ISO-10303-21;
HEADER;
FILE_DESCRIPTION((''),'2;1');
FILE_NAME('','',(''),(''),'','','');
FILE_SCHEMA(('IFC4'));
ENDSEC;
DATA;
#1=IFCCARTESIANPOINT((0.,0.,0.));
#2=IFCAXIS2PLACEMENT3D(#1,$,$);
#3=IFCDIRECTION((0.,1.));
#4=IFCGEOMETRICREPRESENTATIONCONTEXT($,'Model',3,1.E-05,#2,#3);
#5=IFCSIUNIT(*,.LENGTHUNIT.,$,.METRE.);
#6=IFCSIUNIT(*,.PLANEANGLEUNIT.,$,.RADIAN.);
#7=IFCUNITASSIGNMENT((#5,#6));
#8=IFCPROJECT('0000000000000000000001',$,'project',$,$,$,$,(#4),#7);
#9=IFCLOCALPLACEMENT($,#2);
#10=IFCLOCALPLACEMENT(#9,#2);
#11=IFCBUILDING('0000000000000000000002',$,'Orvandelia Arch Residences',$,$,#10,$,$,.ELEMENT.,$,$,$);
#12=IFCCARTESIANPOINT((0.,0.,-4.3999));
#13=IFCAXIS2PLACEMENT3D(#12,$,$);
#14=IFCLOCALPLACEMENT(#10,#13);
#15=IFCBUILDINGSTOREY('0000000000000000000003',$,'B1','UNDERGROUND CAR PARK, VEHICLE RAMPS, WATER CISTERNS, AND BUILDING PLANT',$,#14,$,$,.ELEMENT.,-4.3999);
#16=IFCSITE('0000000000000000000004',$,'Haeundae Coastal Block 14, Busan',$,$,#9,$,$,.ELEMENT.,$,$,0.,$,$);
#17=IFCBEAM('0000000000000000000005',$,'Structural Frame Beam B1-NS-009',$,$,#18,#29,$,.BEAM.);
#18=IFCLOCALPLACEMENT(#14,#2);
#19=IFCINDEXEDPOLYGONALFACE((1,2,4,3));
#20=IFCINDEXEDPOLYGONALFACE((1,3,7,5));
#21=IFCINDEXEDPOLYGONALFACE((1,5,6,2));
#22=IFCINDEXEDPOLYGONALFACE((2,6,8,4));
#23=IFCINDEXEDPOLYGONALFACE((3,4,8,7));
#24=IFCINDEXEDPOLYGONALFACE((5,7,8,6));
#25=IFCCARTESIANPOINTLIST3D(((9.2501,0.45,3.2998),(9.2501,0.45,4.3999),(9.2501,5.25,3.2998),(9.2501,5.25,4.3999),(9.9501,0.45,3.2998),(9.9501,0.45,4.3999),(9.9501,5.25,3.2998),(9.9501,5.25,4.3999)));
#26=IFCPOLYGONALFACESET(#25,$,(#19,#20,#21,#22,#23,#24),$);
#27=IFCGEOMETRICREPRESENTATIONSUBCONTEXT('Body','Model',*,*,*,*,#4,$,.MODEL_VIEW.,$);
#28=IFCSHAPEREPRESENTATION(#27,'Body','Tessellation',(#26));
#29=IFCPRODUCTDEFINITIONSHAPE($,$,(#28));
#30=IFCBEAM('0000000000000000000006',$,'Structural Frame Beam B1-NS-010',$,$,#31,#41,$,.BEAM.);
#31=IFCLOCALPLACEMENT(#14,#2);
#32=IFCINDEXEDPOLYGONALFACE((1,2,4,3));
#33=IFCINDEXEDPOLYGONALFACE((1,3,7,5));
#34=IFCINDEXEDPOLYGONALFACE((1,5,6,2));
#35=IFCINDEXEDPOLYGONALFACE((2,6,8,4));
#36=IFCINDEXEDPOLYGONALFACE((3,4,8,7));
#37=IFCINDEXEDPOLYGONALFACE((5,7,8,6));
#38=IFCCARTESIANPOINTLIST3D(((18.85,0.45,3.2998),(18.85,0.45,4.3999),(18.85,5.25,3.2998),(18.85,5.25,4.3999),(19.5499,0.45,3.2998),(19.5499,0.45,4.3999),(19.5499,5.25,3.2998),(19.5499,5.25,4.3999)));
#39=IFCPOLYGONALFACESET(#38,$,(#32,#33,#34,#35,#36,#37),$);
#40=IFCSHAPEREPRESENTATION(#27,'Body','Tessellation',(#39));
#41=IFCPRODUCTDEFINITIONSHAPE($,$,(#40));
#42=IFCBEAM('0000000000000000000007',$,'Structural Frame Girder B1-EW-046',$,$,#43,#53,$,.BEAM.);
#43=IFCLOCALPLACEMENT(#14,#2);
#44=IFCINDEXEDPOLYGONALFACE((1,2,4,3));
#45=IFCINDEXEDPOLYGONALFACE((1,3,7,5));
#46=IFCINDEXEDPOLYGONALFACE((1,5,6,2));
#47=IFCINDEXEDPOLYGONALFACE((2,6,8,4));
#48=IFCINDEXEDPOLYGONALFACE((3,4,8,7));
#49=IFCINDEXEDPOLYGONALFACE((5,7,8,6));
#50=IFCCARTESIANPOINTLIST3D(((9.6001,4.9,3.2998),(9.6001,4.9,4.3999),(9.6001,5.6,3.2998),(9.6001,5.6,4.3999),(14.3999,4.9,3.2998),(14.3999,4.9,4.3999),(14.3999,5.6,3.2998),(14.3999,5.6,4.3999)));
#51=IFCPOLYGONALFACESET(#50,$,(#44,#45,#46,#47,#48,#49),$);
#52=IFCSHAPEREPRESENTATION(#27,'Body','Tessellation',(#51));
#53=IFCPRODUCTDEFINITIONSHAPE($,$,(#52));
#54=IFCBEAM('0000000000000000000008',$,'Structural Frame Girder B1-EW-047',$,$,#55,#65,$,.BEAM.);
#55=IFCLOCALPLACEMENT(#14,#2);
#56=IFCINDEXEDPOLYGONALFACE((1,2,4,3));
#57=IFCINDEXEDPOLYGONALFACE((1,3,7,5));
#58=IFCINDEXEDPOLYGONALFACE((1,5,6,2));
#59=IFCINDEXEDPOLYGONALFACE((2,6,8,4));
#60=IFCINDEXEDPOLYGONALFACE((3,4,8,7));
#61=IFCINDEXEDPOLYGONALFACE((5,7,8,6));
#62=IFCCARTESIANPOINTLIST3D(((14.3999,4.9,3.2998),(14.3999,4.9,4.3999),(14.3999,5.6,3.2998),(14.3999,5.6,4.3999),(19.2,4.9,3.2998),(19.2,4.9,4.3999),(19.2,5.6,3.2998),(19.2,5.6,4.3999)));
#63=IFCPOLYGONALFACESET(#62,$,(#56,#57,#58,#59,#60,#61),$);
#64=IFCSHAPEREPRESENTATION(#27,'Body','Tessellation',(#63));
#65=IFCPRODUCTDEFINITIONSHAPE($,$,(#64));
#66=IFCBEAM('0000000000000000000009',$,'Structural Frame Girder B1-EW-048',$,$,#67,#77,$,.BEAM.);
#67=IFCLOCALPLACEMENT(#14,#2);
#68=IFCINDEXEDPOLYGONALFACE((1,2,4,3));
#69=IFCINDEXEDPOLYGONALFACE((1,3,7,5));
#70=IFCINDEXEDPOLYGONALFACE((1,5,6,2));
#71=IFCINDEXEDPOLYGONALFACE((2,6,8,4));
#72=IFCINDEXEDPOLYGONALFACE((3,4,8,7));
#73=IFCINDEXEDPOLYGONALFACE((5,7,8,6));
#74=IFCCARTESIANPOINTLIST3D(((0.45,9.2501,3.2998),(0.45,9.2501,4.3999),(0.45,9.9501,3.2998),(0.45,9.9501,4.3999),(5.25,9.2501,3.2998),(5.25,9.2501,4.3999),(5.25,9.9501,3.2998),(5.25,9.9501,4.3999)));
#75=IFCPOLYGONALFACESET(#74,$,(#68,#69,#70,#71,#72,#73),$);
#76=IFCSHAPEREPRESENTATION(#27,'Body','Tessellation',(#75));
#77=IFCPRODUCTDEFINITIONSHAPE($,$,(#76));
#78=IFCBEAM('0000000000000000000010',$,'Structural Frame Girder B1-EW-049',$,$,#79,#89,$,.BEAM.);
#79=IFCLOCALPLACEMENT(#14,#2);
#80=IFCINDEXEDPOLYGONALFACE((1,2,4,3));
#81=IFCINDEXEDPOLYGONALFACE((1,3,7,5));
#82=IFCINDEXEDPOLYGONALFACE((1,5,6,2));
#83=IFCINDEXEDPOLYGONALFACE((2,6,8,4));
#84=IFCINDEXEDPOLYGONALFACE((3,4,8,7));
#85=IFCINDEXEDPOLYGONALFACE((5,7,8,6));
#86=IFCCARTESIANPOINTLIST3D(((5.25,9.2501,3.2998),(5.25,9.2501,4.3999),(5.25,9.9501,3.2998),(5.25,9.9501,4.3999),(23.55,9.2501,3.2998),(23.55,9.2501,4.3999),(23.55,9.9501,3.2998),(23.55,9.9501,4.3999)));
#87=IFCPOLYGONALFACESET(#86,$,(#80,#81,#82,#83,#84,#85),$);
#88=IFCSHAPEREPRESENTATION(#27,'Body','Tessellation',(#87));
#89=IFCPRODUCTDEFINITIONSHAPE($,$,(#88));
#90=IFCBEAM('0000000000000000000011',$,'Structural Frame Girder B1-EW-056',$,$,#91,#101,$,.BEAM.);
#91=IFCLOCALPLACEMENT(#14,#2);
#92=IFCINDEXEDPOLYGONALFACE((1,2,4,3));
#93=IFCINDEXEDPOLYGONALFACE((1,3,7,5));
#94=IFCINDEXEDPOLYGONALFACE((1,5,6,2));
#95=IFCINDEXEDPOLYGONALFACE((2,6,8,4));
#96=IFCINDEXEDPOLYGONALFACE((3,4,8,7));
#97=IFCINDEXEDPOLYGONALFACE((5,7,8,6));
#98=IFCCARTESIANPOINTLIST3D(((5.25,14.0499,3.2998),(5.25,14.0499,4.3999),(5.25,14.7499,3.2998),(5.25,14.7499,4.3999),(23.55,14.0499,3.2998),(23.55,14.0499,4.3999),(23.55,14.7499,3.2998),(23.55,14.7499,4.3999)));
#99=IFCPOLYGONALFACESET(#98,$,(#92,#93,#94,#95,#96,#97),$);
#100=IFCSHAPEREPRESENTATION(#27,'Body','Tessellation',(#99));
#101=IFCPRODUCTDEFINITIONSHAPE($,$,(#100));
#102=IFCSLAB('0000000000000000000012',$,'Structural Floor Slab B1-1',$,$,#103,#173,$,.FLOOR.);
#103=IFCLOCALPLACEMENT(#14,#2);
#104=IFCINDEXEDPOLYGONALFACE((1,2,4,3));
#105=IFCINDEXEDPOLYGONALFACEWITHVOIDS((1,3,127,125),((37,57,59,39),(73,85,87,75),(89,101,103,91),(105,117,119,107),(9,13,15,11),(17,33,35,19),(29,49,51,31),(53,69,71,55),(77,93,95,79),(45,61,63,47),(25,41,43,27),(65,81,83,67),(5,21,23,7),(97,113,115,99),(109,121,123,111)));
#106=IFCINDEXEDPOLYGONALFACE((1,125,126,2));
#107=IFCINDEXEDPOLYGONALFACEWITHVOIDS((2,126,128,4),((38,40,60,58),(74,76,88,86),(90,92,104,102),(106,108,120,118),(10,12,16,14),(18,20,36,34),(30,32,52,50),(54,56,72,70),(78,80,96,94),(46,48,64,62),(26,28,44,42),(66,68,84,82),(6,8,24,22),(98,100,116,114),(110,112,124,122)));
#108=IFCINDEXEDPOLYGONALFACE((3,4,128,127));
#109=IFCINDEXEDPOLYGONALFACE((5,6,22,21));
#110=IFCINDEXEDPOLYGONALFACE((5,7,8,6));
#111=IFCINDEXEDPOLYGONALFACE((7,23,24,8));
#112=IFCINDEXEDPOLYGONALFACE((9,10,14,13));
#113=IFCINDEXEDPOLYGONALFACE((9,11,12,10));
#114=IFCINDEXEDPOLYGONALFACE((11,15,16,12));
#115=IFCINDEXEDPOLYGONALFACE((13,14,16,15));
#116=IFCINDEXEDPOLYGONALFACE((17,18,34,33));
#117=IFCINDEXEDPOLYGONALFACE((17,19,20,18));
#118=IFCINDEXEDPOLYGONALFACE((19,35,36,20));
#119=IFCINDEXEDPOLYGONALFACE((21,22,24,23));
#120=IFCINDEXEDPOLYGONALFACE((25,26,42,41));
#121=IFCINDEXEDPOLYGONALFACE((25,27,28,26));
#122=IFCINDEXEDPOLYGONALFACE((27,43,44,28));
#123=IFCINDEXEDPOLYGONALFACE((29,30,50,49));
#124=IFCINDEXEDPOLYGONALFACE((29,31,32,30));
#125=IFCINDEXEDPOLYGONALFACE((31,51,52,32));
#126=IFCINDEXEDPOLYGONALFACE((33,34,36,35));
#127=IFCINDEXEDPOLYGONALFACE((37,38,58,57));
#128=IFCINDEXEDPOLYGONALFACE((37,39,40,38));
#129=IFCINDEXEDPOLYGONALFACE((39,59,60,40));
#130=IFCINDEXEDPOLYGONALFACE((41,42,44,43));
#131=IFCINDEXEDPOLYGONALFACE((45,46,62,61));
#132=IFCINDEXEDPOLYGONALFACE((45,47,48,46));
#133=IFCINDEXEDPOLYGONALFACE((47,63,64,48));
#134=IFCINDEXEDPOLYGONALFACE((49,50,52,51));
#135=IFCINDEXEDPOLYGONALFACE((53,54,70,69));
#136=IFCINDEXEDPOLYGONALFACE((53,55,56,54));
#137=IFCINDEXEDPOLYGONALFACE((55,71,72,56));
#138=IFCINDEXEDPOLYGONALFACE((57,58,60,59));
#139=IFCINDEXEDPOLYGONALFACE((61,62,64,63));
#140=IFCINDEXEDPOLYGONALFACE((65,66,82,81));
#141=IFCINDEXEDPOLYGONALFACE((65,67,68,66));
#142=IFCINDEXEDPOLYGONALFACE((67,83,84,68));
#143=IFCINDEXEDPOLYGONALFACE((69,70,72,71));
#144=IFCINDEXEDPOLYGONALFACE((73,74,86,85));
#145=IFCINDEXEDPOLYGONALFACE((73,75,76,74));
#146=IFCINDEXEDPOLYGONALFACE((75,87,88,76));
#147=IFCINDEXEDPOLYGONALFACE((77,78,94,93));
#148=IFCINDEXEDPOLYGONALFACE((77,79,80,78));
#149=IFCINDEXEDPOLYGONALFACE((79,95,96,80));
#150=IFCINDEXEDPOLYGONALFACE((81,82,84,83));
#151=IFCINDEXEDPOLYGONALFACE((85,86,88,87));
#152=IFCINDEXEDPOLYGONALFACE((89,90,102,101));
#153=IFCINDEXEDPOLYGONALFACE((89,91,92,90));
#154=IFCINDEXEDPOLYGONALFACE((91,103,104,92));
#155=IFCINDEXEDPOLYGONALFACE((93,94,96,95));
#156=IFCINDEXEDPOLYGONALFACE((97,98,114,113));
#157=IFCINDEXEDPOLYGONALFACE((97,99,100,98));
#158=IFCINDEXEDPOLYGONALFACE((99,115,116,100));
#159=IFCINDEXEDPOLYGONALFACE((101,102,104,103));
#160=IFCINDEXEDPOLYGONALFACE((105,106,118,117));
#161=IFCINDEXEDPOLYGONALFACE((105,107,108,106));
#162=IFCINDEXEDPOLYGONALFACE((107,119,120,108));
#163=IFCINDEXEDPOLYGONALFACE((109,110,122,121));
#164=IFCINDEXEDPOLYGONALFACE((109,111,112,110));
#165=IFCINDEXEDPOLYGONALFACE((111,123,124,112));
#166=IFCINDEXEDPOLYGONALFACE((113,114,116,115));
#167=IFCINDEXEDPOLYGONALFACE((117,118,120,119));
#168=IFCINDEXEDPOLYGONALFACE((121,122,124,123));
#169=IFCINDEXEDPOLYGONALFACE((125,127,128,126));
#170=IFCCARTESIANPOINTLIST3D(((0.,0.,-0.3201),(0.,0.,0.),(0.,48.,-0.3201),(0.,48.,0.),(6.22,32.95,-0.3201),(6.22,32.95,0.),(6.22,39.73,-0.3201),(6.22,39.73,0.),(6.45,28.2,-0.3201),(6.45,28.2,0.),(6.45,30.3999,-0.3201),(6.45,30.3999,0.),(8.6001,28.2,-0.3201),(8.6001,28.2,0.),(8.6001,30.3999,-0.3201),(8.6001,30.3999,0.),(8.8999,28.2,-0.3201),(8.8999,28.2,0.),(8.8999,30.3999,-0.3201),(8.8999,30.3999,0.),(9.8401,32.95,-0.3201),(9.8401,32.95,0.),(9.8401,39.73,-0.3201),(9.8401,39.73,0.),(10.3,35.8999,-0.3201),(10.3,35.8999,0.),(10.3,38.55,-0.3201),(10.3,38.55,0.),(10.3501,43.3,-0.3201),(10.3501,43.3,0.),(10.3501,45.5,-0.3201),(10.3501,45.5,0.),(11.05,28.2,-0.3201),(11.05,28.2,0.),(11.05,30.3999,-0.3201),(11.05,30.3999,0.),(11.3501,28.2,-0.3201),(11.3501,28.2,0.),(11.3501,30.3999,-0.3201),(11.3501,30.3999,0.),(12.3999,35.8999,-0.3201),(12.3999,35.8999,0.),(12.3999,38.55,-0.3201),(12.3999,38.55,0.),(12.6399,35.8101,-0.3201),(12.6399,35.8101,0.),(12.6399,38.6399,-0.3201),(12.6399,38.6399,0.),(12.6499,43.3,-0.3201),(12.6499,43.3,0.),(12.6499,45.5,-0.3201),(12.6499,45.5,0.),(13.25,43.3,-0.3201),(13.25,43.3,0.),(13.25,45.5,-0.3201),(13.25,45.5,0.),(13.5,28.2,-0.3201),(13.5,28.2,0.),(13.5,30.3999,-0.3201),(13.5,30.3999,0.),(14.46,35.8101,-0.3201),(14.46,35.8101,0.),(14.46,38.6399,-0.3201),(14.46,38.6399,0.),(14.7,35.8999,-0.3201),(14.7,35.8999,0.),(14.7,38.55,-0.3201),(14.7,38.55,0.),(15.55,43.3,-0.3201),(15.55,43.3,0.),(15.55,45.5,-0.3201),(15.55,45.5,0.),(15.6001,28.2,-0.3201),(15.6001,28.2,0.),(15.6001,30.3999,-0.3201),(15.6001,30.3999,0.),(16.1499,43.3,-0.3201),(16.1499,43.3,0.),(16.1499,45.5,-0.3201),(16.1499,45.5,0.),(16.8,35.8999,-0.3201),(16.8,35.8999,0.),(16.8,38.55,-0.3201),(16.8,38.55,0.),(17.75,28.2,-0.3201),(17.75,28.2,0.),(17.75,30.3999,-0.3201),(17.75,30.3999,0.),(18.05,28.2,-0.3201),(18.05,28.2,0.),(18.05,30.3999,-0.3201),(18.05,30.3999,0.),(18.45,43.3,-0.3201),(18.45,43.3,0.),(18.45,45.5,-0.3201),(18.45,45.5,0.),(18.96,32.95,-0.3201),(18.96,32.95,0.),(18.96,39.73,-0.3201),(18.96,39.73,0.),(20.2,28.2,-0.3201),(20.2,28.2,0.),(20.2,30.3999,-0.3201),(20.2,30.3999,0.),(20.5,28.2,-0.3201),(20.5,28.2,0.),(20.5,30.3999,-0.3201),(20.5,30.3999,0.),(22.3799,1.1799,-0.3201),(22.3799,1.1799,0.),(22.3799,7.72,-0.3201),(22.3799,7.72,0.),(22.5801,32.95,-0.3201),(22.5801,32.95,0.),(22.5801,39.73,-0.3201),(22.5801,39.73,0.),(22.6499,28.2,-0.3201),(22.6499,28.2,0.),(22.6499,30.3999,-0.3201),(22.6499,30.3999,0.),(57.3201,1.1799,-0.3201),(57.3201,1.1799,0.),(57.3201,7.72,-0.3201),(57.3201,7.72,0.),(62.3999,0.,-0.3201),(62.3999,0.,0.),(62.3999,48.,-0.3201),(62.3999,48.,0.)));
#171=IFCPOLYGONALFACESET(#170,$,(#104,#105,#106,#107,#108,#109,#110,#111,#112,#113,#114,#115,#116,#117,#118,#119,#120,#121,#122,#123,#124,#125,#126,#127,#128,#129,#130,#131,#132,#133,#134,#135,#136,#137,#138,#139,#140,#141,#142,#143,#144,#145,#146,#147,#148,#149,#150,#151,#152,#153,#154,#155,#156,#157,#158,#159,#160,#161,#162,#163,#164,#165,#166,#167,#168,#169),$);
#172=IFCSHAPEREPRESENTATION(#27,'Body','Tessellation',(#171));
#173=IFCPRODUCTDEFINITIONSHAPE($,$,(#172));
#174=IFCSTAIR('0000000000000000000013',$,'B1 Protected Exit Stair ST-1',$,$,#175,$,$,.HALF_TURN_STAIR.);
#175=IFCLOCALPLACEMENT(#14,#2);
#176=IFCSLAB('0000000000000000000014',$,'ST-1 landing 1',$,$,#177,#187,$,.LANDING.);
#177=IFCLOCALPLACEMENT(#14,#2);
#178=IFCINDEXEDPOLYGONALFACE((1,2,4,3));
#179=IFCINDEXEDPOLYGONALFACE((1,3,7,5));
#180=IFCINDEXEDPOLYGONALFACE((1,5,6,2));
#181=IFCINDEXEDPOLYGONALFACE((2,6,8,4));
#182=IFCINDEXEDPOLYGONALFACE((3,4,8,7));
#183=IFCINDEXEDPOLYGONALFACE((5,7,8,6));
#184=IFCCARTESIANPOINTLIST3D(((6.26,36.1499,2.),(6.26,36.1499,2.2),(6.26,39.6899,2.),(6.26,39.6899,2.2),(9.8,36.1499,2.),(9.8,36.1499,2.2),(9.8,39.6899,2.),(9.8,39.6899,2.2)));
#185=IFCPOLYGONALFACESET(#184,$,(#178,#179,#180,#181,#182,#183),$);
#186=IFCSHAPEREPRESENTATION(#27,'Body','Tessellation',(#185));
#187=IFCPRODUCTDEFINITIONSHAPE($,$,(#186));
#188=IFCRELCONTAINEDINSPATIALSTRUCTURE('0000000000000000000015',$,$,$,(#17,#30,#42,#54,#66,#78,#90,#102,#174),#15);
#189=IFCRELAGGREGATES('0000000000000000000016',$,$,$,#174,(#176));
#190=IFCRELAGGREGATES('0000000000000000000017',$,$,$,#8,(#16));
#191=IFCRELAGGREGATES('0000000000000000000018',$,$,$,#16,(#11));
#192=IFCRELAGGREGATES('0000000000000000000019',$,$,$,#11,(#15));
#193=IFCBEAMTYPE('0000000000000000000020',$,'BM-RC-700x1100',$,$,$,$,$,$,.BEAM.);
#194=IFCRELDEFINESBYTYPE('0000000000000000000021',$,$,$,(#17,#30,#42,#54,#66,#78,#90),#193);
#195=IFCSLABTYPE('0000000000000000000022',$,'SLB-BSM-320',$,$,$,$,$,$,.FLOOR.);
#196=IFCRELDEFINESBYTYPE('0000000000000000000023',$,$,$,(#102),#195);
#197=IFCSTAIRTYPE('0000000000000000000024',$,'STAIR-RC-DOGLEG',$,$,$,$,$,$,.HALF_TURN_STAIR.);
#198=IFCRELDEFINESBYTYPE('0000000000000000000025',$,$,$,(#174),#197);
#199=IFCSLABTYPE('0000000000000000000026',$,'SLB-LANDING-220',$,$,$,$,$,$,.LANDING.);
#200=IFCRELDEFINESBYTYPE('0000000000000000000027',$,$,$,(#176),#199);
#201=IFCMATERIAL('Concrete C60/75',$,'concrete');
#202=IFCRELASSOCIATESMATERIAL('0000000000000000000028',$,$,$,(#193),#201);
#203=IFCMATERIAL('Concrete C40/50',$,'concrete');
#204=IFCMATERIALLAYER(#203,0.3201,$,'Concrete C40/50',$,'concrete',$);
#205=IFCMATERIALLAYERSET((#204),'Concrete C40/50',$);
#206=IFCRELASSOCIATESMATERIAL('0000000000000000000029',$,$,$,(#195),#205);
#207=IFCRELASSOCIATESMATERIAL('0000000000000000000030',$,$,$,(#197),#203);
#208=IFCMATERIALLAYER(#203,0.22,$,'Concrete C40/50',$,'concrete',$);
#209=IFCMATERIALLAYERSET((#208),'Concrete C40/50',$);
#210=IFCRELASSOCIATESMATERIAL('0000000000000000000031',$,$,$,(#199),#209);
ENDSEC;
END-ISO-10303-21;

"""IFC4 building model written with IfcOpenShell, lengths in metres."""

from ifc_helpers import new_model, si_unit, direction, frame, origin, origin_2d, place, context, subcontext, project, spatial, polyline, rectangle, outline, extrude, material, layer, layer_set, material_profile, profile_set, type_object, element, aggregate, save


model = new_model("IFC4")

# Units and contexts
model_context = context("Model", 3, precision=1e-05, world=origin(), true_north=direction((0.0, 1.0)))
body_context = subcontext(model_context, "Body", "Model", "MODEL_VIEW")
ifc_project = project(units=[si_unit("LENGTHUNIT", "METRE"), si_unit("PLANEANGLEUNIT", "RADIAN")], contexts=[model_context])

# Site, building, storey
site_placement = place(None, origin())
site = spatial("IfcSite", under=ifc_project, at=site_placement, Name="Haeundae Coastal Block 14, Busan", CompositionType="ELEMENT", RefElevation=0.0)
building_placement = place(site_placement, origin())
building = spatial("IfcBuilding", under=site, at=building_placement, Name="Orvandelia Arch Residences", CompositionType="ELEMENT")
storey_placement = place(building_placement, frame((0.0, 0.0, -4.3999)))
storey = spatial("IfcBuildingStorey", under=building, at=storey_placement, Name="B1", Description="UNDERGROUND CAR PARK, VEHICLE RAMPS, WATER CISTERNS, AND BUILDING PLANT", CompositionType="ELEMENT", Elevation=-4.3999)

# Shared definitions
ifc_material_1 = material(Name="Concrete C60/75", Category="concrete")

# Beams
ifc_material_profile_1 = material_profile(ifc_material_1, rectangle(XDim=0.7, YDim=1.1001, at=origin_2d()), Name="Concrete C60/75", Category="concrete")
ifc_profile_set_1 = profile_set([ifc_material_profile_1], Name="Concrete C60/75")
beam_type = type_object("IfcBeamType", Name="BM-RC-700x1100", PredefinedType="BEAM", material=ifc_profile_set_1)
for number, where, z_axis, x_axis, name in (
    (1, (9.6001, 0.45, 3.8499), (0.0, 1.0, 0.0), (-1.0, 0.0, 0.0), "Structural Frame Beam B1-NS-009"),
    (2, (19.2, 0.45, 3.8499), (0.0, 1.0, 0.0), (-1.0, 0.0, 0.0), "Structural Frame Beam B1-NS-010"),
):
    element("IfcBeam", number, at=place(storey_placement, frame(where, z_axis=z_axis, x_axis=x_axis)), inside=storey, type_object=beam_type, Name=name, PredefinedType="BEAM", context=body_context, shape_type="SweptSolid", body=[
        extrude(rectangle(XDim=0.7, YDim=1.1001, at=origin_2d()), origin(), (0.0, 0.0, 1.0), 4.8),
    ])
beam_1_placement = place(storey_placement, frame((9.6001, 5.25, 3.8499), z_axis=(1.0, 0.0, 0.0), x_axis=(0.0, 1.0, 0.0)))
element("IfcBeam", 3, at=beam_1_placement, inside=storey, type_object=beam_type, Name="Structural Frame Girder B1-EW-046", PredefinedType="BEAM", context=body_context, shape_type="SweptSolid", body=[
    extrude(rectangle(XDim=0.7, YDim=1.1001, at=origin_2d()), origin(), (0.0, 0.0, 1.0), 4.7998),
])
for number, where, z_axis, x_axis, name in (
    (4, (14.3999, 5.25, 3.8499), (1.0, 0.0, 0.0), (0.0, 1.0, 0.0), "Structural Frame Girder B1-EW-047"),
    (5, (0.45, 9.6001, 3.8499), (1.0, 0.0, 0.0), (0.0, 1.0, 0.0), "Structural Frame Girder B1-EW-048"),
):
    element("IfcBeam", number, at=place(storey_placement, frame(where, z_axis=z_axis, x_axis=x_axis)), inside=storey, type_object=beam_type, Name=name, PredefinedType="BEAM", context=body_context, shape_type="SweptSolid", body=[
        extrude(rectangle(XDim=0.7, YDim=1.1001, at=origin_2d()), origin(), (0.0, 0.0, 1.0), 4.8),
    ])
for number, where, z_axis, x_axis, name in (
    (6, (5.25, 9.6001, 3.8499), (1.0, 0.0, 0.0), (0.0, 1.0, 0.0), "Structural Frame Girder B1-EW-049"),
    (7, (5.25, 14.3999, 3.8499), (1.0, 0.0, 0.0), (0.0, 1.0, 0.0), "Structural Frame Girder B1-EW-056"),
):
    element("IfcBeam", number, at=place(storey_placement, frame(where, z_axis=z_axis, x_axis=x_axis)), inside=storey, type_object=beam_type, Name=name, PredefinedType="BEAM", context=body_context, shape_type="SweptSolid", body=[
        extrude(rectangle(XDim=0.7, YDim=1.1001, at=origin_2d()), origin(), (0.0, 0.0, 1.0), 18.3),
    ])

# Slab
ifc_material_2 = material(Name="Concrete C40/50", Category="concrete")
ifc_layer_1 = layer(ifc_material_2, 0.3201, Name="Concrete C40/50", Category="concrete")
ifc_layer_set_1 = layer_set([ifc_layer_1], Name="Concrete C40/50")
slab_type_1 = type_object("IfcSlabType", Name="SLB-BSM-320", PredefinedType="FLOOR", material=ifc_layer_set_1)
slab_1_placement = place(storey_placement, frame((0.0, 0.0, -0.3201)))
element("IfcSlab", 8, at=slab_1_placement, inside=storey, type_object=slab_type_1, Name="Structural Floor Slab B1-1", PredefinedType="FLOOR", context=body_context, shape_type="SweptSolid", body=[
    extrude(outline(polyline([(0.0, 0.0), (62.3999, 0.0), (62.3999, 48.0), (0.0, 48.0), (0.0, 0.0)]), holes=[polyline([(6.22, 32.95), (9.8401, 32.95), (9.8401, 39.73), (6.22, 39.73), (6.22, 32.95)]), polyline([(18.96, 32.95), (22.5801, 32.95), (22.5801, 39.73), (18.96, 39.73), (18.96, 32.95)]), polyline([(12.6399, 35.8101), (14.46, 35.8101), (14.46, 38.6399), (12.6399, 38.6399), (12.6399, 35.8101)]), polyline([(10.3, 35.8999), (12.3999, 35.8999), (12.3999, 38.55), (10.3, 38.55), (10.3, 35.8999)]), polyline([(14.7, 35.8999), (16.8, 35.8999), (16.8, 38.55), (14.7, 38.55), (14.7, 35.8999)]), polyline([(10.3501, 43.3), (12.6499, 43.3), (12.6499, 45.5), (10.3501, 45.5), (10.3501, 43.3)]), polyline([(13.25, 43.3), (15.55, 43.3), (15.55, 45.5), (13.25, 45.5), (13.25, 43.3)]), polyline([(16.1499, 43.3), (18.45, 43.3), (18.45, 45.5), (16.1499, 45.5), (16.1499, 43.3)]), polyline([(6.45, 28.2), (8.6001, 28.2), (8.6001, 30.3999), (6.45, 30.3999), (6.45, 28.2)]), polyline([(8.8999, 28.2), (11.05, 28.2), (11.05, 30.3999), (8.8999, 30.3999), (8.8999, 28.2)]), polyline([(11.3501, 28.2), (13.5, 28.2), (13.5, 30.3999), (11.3501, 30.3999), (11.3501, 28.2)]), polyline([(15.6001, 28.2), (17.75, 28.2), (17.75, 30.3999), (15.6001, 30.3999), (15.6001, 28.2)]), polyline([(18.05, 28.2), (20.2, 28.2), (20.2, 30.3999), (18.05, 30.3999), (18.05, 28.2)]), polyline([(20.5, 28.2), (22.6499, 28.2), (22.6499, 30.3999), (20.5, 30.3999), (20.5, 28.2)]), polyline([(22.3799, 1.1799), (57.3201, 1.1799), (57.3201, 7.72), (22.3799, 7.72), (22.3799, 1.1799)])]), origin(), (0.0, 0.0, 1.0), 0.3201),
])

# Stair, slab
stair_type = type_object("IfcStairType", Name="STAIR-RC-DOGLEG", PredefinedType="HALF_TURN_STAIR", material=ifc_material_2)
stair_1_placement = place(storey_placement, origin())
stair_1 = element("IfcStair", 9, at=stair_1_placement, inside=storey, type_object=stair_type, Name="B1 Protected Exit Stair ST-1", PredefinedType="HALF_TURN_STAIR")
ifc_layer_2 = layer(ifc_material_2, 0.22, Name="Concrete C40/50", Category="concrete")
ifc_layer_set_2 = layer_set([ifc_layer_2], Name="Concrete C40/50")
slab_type_2 = type_object("IfcSlabType", Name="SLB-LANDING-220", PredefinedType="LANDING", material=ifc_layer_set_2)
slab_2_placement = place(storey_placement, frame((0.0, 0.0, 2.0)))
slab_2 = element("IfcSlab", 10, at=slab_2_placement, type_object=slab_type_2, Name="ST-1 landing 1", PredefinedType="LANDING", context=body_context, shape_type="SweptSolid", body=[
    extrude(outline(polyline([(9.8, 36.1499), (9.8, 39.6899), (6.26, 39.6899), (6.26, 36.1499), (9.8, 36.1499)])), origin(), (0.0, 0.0, 1.0), 0.2),
])
aggregate(stair_1, [slab_2])

save(model, "model.ifc")
